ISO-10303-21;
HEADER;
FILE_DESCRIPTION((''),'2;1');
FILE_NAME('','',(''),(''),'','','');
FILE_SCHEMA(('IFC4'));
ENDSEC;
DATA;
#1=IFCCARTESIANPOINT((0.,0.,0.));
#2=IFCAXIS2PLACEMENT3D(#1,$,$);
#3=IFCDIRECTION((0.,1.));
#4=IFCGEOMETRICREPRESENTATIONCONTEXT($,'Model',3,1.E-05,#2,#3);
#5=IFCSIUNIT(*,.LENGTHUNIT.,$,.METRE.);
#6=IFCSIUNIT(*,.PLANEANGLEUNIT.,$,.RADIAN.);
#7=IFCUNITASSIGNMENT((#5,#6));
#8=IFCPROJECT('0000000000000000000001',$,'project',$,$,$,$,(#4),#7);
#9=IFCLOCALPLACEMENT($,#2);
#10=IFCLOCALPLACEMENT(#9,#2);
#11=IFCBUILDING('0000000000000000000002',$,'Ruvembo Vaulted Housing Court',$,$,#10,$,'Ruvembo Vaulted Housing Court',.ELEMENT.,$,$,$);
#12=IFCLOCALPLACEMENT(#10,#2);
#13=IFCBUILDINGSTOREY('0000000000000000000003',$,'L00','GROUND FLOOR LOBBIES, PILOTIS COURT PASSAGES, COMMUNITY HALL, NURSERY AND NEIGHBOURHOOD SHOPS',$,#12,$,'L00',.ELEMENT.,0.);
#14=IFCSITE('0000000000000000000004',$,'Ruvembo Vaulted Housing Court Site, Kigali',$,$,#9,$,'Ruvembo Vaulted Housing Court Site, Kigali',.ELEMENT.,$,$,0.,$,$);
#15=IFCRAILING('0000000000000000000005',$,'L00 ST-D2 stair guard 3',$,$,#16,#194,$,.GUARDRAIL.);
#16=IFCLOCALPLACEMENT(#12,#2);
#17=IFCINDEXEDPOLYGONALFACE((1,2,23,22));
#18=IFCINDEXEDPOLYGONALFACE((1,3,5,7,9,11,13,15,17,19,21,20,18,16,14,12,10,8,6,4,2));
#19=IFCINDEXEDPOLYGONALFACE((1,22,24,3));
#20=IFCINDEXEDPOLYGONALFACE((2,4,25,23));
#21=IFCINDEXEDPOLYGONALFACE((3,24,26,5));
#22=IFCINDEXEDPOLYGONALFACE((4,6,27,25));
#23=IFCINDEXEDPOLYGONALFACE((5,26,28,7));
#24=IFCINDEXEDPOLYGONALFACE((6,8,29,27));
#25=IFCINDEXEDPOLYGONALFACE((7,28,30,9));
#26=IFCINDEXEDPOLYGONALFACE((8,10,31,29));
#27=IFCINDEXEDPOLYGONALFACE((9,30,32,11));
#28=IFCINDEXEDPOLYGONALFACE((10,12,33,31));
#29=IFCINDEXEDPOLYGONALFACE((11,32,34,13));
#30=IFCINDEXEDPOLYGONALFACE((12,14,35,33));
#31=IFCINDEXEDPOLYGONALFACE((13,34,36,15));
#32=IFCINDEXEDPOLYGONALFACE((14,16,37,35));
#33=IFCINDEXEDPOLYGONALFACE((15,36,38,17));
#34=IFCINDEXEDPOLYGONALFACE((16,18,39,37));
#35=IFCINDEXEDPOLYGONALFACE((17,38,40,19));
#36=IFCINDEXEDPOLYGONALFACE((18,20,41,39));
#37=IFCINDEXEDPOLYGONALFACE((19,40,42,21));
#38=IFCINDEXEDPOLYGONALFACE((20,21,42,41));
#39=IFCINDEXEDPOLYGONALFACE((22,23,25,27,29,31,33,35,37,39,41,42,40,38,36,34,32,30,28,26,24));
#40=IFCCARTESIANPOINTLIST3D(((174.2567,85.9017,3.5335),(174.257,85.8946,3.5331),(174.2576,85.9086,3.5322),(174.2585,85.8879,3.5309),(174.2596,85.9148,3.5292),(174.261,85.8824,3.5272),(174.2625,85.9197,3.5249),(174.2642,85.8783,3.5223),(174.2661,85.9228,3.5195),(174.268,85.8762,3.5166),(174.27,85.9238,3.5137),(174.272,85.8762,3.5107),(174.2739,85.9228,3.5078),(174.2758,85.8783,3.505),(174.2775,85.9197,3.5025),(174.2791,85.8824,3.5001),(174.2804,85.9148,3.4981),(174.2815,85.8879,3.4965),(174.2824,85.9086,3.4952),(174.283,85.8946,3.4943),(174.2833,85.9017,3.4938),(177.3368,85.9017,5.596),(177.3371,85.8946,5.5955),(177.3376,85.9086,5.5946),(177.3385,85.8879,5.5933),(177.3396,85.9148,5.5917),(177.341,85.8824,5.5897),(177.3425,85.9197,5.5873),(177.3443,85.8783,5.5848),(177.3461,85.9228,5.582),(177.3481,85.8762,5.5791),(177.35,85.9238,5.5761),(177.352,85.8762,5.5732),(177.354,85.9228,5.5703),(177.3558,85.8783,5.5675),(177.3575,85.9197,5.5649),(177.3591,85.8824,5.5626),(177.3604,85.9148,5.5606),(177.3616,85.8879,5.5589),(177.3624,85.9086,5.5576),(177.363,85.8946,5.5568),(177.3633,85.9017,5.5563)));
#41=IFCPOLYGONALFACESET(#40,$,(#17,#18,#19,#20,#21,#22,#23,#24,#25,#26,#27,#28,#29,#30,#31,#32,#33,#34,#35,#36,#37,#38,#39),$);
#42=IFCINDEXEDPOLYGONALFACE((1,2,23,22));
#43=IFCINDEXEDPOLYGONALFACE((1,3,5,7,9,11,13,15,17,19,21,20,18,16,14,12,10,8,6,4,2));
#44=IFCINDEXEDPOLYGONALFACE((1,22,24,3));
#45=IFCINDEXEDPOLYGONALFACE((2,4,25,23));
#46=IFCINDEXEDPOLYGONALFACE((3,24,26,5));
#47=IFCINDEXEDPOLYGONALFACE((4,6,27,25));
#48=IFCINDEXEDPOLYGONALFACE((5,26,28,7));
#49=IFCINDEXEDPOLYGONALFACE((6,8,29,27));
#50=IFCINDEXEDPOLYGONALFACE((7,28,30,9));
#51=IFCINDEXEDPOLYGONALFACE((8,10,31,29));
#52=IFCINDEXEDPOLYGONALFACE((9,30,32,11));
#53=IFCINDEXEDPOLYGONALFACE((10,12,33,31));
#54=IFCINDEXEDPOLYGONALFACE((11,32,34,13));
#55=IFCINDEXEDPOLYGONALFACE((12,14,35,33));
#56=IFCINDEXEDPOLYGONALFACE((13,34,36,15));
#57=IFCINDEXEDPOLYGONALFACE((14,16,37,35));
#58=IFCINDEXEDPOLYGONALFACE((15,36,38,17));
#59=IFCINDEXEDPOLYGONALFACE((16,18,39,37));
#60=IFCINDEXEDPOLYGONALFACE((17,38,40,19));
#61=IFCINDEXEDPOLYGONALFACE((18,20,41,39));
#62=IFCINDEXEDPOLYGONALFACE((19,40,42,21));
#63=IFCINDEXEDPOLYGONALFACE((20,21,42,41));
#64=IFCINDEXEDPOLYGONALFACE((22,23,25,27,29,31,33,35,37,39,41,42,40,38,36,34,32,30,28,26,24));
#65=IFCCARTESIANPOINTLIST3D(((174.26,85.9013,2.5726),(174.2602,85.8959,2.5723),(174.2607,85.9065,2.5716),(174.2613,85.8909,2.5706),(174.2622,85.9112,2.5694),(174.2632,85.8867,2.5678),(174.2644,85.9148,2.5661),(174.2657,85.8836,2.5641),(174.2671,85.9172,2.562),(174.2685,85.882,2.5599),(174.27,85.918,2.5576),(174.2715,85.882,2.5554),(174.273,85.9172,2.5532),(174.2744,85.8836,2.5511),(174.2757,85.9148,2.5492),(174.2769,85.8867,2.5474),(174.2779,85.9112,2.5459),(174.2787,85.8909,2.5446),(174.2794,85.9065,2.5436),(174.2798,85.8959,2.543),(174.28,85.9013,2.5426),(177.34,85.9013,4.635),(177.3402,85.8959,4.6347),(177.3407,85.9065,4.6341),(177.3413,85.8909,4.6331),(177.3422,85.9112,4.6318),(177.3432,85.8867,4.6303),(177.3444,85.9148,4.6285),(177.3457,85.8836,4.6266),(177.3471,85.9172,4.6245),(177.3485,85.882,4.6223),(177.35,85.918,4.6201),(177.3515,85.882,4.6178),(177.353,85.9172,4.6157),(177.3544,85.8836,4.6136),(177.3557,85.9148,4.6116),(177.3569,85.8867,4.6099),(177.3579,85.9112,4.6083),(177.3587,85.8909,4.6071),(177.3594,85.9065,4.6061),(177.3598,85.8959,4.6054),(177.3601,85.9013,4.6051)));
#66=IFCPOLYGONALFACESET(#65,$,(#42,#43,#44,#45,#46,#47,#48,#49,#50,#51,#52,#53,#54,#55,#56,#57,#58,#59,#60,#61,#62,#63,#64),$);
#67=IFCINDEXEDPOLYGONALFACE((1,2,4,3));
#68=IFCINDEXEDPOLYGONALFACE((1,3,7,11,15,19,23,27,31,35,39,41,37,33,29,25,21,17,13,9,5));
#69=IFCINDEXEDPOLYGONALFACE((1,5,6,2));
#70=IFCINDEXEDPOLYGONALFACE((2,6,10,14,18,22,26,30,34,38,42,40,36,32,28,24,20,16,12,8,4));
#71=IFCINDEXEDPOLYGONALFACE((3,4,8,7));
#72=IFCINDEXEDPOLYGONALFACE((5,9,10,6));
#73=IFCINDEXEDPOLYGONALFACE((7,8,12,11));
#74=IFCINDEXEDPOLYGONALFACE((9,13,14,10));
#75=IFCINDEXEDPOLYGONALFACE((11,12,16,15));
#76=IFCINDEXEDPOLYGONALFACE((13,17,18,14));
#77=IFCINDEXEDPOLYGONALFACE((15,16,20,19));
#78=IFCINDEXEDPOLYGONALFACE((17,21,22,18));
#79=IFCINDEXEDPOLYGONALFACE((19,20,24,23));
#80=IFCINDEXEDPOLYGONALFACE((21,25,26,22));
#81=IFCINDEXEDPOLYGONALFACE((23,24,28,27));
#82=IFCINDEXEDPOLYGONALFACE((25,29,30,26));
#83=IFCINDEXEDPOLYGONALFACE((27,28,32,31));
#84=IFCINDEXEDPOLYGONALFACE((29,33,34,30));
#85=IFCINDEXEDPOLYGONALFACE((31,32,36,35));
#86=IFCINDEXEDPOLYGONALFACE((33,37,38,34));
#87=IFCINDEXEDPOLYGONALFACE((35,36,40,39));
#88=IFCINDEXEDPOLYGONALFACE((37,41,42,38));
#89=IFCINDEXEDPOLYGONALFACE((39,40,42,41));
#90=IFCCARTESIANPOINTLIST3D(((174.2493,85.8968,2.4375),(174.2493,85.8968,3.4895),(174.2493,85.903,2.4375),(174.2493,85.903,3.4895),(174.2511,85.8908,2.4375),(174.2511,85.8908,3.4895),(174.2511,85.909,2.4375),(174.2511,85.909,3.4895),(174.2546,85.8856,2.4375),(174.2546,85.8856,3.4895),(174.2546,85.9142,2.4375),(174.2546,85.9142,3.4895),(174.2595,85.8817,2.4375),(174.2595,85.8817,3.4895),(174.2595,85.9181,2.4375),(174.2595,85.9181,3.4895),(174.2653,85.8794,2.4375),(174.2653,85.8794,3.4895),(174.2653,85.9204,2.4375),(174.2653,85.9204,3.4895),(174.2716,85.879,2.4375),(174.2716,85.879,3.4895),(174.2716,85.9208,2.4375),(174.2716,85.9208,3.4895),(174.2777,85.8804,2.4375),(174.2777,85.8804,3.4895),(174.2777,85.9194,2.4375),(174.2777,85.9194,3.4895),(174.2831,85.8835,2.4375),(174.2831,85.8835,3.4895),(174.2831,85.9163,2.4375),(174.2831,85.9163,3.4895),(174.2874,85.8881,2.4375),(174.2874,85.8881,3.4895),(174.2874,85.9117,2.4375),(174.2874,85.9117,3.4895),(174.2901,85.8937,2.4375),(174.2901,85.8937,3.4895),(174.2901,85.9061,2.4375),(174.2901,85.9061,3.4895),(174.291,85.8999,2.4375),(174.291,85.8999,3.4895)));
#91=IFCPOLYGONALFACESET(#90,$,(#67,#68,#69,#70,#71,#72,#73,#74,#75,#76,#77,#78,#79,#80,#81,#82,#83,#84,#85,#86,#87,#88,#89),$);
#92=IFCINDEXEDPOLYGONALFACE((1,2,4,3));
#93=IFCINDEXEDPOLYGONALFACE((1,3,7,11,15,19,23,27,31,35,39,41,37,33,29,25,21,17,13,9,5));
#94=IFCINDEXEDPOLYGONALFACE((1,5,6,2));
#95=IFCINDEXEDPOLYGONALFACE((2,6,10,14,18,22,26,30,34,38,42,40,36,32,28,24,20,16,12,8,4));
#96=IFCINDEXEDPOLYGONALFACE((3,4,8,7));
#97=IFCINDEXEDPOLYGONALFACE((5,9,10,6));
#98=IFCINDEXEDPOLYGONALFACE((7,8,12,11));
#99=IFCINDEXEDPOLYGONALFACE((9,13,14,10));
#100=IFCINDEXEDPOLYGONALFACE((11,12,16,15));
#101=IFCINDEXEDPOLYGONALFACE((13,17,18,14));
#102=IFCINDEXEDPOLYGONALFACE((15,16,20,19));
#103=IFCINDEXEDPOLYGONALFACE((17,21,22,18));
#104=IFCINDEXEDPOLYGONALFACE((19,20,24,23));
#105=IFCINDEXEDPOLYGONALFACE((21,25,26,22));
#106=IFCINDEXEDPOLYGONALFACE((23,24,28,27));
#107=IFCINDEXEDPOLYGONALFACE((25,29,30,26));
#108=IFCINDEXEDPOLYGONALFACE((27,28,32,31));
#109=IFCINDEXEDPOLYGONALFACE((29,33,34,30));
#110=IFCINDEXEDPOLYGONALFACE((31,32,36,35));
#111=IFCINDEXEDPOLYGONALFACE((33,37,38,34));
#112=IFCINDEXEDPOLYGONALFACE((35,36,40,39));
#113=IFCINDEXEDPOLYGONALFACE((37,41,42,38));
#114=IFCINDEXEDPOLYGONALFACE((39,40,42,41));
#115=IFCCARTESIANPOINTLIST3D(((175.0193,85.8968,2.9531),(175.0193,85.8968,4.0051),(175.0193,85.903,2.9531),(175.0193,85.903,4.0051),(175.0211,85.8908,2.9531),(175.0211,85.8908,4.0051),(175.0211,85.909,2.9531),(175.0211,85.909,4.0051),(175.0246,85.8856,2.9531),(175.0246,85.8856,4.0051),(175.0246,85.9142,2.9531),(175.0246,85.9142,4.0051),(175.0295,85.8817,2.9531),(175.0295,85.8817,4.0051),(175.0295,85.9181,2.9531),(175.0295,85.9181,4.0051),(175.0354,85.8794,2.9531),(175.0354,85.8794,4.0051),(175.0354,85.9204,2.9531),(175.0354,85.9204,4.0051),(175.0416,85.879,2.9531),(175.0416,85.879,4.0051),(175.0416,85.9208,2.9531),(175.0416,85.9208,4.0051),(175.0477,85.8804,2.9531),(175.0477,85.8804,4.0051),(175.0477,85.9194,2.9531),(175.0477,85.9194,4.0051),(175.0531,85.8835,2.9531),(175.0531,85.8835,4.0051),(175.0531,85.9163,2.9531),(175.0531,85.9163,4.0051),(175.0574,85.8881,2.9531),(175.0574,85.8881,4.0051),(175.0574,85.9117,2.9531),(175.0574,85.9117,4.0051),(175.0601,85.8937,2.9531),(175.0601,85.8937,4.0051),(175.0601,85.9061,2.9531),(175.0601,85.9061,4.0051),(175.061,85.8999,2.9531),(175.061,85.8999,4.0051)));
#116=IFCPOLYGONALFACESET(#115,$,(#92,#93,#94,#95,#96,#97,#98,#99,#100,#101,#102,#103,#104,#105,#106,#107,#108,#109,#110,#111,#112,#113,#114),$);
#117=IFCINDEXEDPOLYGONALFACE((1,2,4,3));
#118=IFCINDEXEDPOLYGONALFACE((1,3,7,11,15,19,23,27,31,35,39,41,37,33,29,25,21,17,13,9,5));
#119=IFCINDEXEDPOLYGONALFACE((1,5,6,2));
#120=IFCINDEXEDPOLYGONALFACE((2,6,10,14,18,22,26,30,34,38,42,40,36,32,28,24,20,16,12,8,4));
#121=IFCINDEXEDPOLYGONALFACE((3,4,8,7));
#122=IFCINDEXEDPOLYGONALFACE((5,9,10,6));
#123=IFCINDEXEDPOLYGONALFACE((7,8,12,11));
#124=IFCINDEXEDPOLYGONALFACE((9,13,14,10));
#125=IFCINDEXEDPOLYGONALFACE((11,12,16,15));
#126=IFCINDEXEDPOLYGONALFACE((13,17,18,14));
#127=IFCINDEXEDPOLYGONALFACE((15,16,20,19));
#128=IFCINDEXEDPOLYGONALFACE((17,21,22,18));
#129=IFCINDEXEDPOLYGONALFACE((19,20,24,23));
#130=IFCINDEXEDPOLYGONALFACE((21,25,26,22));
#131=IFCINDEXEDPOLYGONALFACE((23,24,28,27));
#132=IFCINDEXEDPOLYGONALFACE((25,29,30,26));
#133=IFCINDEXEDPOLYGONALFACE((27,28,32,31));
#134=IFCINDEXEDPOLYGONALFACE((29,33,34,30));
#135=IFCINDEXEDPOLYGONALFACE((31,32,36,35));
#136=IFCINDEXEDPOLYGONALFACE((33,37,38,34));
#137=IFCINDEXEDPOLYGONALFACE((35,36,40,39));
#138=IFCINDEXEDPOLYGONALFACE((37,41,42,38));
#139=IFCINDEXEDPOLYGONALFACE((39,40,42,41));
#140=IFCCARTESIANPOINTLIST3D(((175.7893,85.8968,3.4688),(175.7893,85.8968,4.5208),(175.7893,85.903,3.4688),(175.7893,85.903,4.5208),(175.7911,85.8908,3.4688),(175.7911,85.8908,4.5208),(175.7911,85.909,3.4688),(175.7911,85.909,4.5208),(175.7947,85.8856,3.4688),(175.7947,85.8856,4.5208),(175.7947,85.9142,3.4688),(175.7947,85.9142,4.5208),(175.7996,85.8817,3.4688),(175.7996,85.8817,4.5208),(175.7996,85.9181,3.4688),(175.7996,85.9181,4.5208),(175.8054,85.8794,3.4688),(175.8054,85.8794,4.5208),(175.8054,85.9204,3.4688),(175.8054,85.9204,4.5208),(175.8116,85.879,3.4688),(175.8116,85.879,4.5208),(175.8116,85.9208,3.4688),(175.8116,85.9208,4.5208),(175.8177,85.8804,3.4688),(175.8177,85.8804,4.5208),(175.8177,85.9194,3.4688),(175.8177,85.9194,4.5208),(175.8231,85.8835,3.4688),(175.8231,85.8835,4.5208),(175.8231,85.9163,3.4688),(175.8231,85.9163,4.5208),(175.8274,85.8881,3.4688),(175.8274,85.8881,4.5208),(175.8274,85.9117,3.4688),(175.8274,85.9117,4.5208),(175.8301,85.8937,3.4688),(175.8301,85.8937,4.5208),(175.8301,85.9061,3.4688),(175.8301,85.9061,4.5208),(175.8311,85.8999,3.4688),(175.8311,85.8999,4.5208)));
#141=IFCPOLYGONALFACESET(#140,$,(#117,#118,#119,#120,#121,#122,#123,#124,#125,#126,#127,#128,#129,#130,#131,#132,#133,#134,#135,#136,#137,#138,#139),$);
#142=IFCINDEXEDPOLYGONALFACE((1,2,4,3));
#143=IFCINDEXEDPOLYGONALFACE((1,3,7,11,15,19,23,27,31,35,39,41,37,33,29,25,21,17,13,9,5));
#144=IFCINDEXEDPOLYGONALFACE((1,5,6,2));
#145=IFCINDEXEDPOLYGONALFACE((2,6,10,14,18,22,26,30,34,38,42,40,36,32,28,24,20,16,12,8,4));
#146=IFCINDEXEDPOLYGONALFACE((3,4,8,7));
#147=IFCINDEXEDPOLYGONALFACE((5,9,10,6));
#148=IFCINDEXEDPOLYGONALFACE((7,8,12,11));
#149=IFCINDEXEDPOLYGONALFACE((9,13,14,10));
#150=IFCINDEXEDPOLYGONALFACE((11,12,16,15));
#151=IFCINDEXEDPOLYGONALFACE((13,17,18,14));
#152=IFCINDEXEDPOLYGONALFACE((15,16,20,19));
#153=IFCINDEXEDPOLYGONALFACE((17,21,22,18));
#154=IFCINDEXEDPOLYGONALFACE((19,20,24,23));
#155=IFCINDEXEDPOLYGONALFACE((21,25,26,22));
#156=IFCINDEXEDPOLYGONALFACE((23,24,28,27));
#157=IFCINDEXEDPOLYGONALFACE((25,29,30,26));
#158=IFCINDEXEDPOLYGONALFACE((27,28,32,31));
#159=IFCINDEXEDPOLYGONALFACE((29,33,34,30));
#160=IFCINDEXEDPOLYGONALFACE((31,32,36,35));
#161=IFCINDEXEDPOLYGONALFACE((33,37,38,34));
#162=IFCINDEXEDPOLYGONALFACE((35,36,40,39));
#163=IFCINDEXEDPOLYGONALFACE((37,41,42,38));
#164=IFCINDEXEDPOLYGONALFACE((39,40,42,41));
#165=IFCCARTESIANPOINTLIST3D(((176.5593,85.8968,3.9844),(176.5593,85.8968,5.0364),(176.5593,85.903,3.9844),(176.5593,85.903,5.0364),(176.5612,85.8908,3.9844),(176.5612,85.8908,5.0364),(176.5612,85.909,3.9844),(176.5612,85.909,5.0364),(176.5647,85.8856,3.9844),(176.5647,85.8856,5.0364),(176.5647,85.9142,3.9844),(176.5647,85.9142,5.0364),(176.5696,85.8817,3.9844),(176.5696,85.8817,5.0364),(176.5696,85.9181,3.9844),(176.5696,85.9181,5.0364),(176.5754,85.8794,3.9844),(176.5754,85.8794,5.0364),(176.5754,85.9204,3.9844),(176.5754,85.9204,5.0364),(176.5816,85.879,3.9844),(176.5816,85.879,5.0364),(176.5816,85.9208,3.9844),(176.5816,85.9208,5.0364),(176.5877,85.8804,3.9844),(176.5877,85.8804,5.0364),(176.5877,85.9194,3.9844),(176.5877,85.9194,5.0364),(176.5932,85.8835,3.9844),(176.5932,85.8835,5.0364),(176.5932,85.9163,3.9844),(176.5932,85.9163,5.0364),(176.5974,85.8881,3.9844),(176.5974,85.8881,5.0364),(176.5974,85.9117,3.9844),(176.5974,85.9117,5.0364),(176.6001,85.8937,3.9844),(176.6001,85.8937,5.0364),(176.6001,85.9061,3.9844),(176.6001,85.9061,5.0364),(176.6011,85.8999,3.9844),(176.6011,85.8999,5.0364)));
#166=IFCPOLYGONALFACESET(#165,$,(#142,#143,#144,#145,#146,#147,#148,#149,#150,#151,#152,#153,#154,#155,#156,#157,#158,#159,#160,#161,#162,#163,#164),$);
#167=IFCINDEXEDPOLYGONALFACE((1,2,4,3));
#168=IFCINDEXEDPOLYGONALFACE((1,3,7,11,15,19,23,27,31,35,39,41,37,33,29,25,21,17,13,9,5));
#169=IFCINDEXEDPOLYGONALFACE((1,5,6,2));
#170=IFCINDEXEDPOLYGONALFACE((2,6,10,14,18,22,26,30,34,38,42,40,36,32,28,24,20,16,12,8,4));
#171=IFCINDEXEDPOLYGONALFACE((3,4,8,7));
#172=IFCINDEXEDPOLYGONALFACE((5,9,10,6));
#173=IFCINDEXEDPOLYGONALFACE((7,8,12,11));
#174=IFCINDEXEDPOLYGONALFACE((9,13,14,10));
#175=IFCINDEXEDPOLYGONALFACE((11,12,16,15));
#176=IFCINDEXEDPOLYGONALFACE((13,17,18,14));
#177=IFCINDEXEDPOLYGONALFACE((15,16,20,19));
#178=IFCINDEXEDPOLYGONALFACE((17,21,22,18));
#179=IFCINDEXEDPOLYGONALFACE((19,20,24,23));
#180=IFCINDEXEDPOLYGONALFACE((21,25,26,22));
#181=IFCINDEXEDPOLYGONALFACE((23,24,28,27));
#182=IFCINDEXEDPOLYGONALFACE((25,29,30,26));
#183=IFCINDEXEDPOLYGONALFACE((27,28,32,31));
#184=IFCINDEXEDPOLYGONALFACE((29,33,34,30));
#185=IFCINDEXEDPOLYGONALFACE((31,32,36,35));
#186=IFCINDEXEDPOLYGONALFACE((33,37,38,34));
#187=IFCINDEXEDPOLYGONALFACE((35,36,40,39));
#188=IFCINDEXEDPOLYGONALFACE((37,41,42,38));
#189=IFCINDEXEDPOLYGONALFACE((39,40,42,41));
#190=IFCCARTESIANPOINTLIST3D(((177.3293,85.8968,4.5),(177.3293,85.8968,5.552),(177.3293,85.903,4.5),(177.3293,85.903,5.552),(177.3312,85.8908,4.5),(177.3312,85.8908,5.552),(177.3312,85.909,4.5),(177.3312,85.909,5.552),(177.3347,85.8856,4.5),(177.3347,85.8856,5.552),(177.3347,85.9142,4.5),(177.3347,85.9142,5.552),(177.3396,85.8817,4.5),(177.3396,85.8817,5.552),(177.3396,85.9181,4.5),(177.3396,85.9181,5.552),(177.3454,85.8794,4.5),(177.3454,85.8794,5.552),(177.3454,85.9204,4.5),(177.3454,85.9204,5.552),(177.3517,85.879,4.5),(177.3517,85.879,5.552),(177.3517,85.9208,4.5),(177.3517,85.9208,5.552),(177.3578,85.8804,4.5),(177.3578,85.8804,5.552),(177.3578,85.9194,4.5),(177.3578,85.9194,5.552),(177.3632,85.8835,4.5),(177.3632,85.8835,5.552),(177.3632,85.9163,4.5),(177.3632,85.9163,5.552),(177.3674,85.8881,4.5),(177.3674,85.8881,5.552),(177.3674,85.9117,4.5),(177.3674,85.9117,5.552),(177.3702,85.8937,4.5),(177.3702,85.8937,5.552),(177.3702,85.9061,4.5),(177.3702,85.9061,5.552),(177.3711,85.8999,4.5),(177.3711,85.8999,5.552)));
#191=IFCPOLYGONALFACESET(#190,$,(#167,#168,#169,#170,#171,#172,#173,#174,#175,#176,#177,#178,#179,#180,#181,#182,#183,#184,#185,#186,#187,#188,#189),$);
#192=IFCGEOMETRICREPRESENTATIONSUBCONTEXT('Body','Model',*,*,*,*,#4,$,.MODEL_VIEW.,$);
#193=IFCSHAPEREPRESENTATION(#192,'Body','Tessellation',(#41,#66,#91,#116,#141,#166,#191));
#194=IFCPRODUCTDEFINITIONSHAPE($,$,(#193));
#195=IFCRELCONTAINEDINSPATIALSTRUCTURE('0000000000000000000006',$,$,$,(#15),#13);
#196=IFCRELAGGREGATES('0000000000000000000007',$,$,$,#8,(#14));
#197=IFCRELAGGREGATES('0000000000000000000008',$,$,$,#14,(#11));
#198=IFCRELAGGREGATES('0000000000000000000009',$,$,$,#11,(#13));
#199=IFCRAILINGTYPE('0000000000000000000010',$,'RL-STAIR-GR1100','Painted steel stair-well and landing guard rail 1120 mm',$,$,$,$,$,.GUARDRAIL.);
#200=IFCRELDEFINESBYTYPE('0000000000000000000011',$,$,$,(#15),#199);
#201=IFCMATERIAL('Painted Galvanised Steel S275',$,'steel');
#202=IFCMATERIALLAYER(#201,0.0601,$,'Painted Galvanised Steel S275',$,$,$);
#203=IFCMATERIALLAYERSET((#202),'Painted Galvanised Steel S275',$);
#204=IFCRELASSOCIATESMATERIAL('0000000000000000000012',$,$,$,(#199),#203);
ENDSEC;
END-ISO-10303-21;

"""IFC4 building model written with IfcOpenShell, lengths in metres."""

from ifc_helpers import new_model, si_unit, direction, frame, origin, origin_2d, place, context, subcontext, project, spatial, circle, extrude, material, layer, layer_set, type_object, element, save


model = new_model("IFC4")

# Units and contexts
model_context = context("Model", 3, precision=1e-05, world=origin(), true_north=direction((0.0, 1.0)))
body_context = subcontext(model_context, "Body", "Model", "MODEL_VIEW")
ifc_project = project(units=[si_unit("LENGTHUNIT", "METRE"), si_unit("PLANEANGLEUNIT", "RADIAN")], contexts=[model_context])

# Site, building, storey
site_placement = place(None, origin())
site = spatial("IfcSite", under=ifc_project, at=site_placement, Name="Ruvembo Vaulted Housing Court Site, Kigali", LongName="Ruvembo Vaulted Housing Court Site, Kigali", CompositionType="ELEMENT", RefElevation=0.0)
building_placement = place(site_placement, origin())
building = spatial("IfcBuilding", under=site, at=building_placement, Name="Ruvembo Vaulted Housing Court", LongName="Ruvembo Vaulted Housing Court", CompositionType="ELEMENT")
storey_placement = place(building_placement, origin())
storey = spatial("IfcBuildingStorey", under=building, at=storey_placement, Name="L00", Description="GROUND FLOOR LOBBIES, PILOTIS COURT PASSAGES, COMMUNITY HALL, NURSERY AND NEIGHBOURHOOD SHOPS", LongName="L00", CompositionType="ELEMENT", Elevation=0.0)

# Railing
ifc_material_1 = material(Name="Painted Galvanised Steel S275", Category="steel")
ifc_layer_1 = layer(ifc_material_1, 0.0601, Name="Painted Galvanised Steel S275")
ifc_layer_set_1 = layer_set([ifc_layer_1], Name="Painted Galvanised Steel S275")
railing_type_1 = type_object("IfcRailingType", Name="RL-STAIR-GR1100", Description="Painted steel stair-well and landing guard rail 1120 mm", PredefinedType="GUARDRAIL", material=ifc_layer_set_1)
railing_1_placement = place(storey_placement, frame((174.27, 85.8999, 2.4375)))
element("IfcRailing", 1, at=railing_1_placement, inside=storey, type_object=railing_type_1, Name="L00 ST-D2 stair guard 3", PredefinedType="GUARDRAIL", context=body_context, shape_type="SweptSolid", body=[
    extrude(circle(Radius=0.0239, at=origin_2d()), frame((0.0, 0.0, 1.0762), z_axis=(0.830914, 0.0, 0.556401), x_axis=(0.0, 1.0, 0.0)), (0.0, 0.0, 1.0), 3.7068),
    extrude(circle(Radius=0.0181, at=origin_2d()), frame((0.0, 0.0, 0.1201), z_axis=(0.830914, 0.0, 0.556401), x_axis=(0.0, 1.0, 0.0)), (0.0, 0.0, 1.0), 3.7068),
    extrude(circle(Radius=0.021, at=origin_2d()), origin(), (0.0, 0.0, 1.0), 1.052),
    extrude(circle(Radius=0.021, at=origin_2d()), frame((0.77, 0.0, 0.5156)), (0.0, 0.0, 1.0), 1.052),
    extrude(circle(Radius=0.021, at=origin_2d()), frame((1.54, 0.0, 1.0312)), (0.0, 0.0, 1.0), 1.052),
    extrude(circle(Radius=0.021, at=origin_2d()), frame((2.3101, 0.0, 1.5469)), (0.0, 0.0, 1.0), 1.052),
    extrude(circle(Radius=0.021, at=origin_2d()), frame((3.0801, 0.0, 2.0625)), (0.0, 0.0, 1.0), 1.052),
])

save(model, "model.ifc")
